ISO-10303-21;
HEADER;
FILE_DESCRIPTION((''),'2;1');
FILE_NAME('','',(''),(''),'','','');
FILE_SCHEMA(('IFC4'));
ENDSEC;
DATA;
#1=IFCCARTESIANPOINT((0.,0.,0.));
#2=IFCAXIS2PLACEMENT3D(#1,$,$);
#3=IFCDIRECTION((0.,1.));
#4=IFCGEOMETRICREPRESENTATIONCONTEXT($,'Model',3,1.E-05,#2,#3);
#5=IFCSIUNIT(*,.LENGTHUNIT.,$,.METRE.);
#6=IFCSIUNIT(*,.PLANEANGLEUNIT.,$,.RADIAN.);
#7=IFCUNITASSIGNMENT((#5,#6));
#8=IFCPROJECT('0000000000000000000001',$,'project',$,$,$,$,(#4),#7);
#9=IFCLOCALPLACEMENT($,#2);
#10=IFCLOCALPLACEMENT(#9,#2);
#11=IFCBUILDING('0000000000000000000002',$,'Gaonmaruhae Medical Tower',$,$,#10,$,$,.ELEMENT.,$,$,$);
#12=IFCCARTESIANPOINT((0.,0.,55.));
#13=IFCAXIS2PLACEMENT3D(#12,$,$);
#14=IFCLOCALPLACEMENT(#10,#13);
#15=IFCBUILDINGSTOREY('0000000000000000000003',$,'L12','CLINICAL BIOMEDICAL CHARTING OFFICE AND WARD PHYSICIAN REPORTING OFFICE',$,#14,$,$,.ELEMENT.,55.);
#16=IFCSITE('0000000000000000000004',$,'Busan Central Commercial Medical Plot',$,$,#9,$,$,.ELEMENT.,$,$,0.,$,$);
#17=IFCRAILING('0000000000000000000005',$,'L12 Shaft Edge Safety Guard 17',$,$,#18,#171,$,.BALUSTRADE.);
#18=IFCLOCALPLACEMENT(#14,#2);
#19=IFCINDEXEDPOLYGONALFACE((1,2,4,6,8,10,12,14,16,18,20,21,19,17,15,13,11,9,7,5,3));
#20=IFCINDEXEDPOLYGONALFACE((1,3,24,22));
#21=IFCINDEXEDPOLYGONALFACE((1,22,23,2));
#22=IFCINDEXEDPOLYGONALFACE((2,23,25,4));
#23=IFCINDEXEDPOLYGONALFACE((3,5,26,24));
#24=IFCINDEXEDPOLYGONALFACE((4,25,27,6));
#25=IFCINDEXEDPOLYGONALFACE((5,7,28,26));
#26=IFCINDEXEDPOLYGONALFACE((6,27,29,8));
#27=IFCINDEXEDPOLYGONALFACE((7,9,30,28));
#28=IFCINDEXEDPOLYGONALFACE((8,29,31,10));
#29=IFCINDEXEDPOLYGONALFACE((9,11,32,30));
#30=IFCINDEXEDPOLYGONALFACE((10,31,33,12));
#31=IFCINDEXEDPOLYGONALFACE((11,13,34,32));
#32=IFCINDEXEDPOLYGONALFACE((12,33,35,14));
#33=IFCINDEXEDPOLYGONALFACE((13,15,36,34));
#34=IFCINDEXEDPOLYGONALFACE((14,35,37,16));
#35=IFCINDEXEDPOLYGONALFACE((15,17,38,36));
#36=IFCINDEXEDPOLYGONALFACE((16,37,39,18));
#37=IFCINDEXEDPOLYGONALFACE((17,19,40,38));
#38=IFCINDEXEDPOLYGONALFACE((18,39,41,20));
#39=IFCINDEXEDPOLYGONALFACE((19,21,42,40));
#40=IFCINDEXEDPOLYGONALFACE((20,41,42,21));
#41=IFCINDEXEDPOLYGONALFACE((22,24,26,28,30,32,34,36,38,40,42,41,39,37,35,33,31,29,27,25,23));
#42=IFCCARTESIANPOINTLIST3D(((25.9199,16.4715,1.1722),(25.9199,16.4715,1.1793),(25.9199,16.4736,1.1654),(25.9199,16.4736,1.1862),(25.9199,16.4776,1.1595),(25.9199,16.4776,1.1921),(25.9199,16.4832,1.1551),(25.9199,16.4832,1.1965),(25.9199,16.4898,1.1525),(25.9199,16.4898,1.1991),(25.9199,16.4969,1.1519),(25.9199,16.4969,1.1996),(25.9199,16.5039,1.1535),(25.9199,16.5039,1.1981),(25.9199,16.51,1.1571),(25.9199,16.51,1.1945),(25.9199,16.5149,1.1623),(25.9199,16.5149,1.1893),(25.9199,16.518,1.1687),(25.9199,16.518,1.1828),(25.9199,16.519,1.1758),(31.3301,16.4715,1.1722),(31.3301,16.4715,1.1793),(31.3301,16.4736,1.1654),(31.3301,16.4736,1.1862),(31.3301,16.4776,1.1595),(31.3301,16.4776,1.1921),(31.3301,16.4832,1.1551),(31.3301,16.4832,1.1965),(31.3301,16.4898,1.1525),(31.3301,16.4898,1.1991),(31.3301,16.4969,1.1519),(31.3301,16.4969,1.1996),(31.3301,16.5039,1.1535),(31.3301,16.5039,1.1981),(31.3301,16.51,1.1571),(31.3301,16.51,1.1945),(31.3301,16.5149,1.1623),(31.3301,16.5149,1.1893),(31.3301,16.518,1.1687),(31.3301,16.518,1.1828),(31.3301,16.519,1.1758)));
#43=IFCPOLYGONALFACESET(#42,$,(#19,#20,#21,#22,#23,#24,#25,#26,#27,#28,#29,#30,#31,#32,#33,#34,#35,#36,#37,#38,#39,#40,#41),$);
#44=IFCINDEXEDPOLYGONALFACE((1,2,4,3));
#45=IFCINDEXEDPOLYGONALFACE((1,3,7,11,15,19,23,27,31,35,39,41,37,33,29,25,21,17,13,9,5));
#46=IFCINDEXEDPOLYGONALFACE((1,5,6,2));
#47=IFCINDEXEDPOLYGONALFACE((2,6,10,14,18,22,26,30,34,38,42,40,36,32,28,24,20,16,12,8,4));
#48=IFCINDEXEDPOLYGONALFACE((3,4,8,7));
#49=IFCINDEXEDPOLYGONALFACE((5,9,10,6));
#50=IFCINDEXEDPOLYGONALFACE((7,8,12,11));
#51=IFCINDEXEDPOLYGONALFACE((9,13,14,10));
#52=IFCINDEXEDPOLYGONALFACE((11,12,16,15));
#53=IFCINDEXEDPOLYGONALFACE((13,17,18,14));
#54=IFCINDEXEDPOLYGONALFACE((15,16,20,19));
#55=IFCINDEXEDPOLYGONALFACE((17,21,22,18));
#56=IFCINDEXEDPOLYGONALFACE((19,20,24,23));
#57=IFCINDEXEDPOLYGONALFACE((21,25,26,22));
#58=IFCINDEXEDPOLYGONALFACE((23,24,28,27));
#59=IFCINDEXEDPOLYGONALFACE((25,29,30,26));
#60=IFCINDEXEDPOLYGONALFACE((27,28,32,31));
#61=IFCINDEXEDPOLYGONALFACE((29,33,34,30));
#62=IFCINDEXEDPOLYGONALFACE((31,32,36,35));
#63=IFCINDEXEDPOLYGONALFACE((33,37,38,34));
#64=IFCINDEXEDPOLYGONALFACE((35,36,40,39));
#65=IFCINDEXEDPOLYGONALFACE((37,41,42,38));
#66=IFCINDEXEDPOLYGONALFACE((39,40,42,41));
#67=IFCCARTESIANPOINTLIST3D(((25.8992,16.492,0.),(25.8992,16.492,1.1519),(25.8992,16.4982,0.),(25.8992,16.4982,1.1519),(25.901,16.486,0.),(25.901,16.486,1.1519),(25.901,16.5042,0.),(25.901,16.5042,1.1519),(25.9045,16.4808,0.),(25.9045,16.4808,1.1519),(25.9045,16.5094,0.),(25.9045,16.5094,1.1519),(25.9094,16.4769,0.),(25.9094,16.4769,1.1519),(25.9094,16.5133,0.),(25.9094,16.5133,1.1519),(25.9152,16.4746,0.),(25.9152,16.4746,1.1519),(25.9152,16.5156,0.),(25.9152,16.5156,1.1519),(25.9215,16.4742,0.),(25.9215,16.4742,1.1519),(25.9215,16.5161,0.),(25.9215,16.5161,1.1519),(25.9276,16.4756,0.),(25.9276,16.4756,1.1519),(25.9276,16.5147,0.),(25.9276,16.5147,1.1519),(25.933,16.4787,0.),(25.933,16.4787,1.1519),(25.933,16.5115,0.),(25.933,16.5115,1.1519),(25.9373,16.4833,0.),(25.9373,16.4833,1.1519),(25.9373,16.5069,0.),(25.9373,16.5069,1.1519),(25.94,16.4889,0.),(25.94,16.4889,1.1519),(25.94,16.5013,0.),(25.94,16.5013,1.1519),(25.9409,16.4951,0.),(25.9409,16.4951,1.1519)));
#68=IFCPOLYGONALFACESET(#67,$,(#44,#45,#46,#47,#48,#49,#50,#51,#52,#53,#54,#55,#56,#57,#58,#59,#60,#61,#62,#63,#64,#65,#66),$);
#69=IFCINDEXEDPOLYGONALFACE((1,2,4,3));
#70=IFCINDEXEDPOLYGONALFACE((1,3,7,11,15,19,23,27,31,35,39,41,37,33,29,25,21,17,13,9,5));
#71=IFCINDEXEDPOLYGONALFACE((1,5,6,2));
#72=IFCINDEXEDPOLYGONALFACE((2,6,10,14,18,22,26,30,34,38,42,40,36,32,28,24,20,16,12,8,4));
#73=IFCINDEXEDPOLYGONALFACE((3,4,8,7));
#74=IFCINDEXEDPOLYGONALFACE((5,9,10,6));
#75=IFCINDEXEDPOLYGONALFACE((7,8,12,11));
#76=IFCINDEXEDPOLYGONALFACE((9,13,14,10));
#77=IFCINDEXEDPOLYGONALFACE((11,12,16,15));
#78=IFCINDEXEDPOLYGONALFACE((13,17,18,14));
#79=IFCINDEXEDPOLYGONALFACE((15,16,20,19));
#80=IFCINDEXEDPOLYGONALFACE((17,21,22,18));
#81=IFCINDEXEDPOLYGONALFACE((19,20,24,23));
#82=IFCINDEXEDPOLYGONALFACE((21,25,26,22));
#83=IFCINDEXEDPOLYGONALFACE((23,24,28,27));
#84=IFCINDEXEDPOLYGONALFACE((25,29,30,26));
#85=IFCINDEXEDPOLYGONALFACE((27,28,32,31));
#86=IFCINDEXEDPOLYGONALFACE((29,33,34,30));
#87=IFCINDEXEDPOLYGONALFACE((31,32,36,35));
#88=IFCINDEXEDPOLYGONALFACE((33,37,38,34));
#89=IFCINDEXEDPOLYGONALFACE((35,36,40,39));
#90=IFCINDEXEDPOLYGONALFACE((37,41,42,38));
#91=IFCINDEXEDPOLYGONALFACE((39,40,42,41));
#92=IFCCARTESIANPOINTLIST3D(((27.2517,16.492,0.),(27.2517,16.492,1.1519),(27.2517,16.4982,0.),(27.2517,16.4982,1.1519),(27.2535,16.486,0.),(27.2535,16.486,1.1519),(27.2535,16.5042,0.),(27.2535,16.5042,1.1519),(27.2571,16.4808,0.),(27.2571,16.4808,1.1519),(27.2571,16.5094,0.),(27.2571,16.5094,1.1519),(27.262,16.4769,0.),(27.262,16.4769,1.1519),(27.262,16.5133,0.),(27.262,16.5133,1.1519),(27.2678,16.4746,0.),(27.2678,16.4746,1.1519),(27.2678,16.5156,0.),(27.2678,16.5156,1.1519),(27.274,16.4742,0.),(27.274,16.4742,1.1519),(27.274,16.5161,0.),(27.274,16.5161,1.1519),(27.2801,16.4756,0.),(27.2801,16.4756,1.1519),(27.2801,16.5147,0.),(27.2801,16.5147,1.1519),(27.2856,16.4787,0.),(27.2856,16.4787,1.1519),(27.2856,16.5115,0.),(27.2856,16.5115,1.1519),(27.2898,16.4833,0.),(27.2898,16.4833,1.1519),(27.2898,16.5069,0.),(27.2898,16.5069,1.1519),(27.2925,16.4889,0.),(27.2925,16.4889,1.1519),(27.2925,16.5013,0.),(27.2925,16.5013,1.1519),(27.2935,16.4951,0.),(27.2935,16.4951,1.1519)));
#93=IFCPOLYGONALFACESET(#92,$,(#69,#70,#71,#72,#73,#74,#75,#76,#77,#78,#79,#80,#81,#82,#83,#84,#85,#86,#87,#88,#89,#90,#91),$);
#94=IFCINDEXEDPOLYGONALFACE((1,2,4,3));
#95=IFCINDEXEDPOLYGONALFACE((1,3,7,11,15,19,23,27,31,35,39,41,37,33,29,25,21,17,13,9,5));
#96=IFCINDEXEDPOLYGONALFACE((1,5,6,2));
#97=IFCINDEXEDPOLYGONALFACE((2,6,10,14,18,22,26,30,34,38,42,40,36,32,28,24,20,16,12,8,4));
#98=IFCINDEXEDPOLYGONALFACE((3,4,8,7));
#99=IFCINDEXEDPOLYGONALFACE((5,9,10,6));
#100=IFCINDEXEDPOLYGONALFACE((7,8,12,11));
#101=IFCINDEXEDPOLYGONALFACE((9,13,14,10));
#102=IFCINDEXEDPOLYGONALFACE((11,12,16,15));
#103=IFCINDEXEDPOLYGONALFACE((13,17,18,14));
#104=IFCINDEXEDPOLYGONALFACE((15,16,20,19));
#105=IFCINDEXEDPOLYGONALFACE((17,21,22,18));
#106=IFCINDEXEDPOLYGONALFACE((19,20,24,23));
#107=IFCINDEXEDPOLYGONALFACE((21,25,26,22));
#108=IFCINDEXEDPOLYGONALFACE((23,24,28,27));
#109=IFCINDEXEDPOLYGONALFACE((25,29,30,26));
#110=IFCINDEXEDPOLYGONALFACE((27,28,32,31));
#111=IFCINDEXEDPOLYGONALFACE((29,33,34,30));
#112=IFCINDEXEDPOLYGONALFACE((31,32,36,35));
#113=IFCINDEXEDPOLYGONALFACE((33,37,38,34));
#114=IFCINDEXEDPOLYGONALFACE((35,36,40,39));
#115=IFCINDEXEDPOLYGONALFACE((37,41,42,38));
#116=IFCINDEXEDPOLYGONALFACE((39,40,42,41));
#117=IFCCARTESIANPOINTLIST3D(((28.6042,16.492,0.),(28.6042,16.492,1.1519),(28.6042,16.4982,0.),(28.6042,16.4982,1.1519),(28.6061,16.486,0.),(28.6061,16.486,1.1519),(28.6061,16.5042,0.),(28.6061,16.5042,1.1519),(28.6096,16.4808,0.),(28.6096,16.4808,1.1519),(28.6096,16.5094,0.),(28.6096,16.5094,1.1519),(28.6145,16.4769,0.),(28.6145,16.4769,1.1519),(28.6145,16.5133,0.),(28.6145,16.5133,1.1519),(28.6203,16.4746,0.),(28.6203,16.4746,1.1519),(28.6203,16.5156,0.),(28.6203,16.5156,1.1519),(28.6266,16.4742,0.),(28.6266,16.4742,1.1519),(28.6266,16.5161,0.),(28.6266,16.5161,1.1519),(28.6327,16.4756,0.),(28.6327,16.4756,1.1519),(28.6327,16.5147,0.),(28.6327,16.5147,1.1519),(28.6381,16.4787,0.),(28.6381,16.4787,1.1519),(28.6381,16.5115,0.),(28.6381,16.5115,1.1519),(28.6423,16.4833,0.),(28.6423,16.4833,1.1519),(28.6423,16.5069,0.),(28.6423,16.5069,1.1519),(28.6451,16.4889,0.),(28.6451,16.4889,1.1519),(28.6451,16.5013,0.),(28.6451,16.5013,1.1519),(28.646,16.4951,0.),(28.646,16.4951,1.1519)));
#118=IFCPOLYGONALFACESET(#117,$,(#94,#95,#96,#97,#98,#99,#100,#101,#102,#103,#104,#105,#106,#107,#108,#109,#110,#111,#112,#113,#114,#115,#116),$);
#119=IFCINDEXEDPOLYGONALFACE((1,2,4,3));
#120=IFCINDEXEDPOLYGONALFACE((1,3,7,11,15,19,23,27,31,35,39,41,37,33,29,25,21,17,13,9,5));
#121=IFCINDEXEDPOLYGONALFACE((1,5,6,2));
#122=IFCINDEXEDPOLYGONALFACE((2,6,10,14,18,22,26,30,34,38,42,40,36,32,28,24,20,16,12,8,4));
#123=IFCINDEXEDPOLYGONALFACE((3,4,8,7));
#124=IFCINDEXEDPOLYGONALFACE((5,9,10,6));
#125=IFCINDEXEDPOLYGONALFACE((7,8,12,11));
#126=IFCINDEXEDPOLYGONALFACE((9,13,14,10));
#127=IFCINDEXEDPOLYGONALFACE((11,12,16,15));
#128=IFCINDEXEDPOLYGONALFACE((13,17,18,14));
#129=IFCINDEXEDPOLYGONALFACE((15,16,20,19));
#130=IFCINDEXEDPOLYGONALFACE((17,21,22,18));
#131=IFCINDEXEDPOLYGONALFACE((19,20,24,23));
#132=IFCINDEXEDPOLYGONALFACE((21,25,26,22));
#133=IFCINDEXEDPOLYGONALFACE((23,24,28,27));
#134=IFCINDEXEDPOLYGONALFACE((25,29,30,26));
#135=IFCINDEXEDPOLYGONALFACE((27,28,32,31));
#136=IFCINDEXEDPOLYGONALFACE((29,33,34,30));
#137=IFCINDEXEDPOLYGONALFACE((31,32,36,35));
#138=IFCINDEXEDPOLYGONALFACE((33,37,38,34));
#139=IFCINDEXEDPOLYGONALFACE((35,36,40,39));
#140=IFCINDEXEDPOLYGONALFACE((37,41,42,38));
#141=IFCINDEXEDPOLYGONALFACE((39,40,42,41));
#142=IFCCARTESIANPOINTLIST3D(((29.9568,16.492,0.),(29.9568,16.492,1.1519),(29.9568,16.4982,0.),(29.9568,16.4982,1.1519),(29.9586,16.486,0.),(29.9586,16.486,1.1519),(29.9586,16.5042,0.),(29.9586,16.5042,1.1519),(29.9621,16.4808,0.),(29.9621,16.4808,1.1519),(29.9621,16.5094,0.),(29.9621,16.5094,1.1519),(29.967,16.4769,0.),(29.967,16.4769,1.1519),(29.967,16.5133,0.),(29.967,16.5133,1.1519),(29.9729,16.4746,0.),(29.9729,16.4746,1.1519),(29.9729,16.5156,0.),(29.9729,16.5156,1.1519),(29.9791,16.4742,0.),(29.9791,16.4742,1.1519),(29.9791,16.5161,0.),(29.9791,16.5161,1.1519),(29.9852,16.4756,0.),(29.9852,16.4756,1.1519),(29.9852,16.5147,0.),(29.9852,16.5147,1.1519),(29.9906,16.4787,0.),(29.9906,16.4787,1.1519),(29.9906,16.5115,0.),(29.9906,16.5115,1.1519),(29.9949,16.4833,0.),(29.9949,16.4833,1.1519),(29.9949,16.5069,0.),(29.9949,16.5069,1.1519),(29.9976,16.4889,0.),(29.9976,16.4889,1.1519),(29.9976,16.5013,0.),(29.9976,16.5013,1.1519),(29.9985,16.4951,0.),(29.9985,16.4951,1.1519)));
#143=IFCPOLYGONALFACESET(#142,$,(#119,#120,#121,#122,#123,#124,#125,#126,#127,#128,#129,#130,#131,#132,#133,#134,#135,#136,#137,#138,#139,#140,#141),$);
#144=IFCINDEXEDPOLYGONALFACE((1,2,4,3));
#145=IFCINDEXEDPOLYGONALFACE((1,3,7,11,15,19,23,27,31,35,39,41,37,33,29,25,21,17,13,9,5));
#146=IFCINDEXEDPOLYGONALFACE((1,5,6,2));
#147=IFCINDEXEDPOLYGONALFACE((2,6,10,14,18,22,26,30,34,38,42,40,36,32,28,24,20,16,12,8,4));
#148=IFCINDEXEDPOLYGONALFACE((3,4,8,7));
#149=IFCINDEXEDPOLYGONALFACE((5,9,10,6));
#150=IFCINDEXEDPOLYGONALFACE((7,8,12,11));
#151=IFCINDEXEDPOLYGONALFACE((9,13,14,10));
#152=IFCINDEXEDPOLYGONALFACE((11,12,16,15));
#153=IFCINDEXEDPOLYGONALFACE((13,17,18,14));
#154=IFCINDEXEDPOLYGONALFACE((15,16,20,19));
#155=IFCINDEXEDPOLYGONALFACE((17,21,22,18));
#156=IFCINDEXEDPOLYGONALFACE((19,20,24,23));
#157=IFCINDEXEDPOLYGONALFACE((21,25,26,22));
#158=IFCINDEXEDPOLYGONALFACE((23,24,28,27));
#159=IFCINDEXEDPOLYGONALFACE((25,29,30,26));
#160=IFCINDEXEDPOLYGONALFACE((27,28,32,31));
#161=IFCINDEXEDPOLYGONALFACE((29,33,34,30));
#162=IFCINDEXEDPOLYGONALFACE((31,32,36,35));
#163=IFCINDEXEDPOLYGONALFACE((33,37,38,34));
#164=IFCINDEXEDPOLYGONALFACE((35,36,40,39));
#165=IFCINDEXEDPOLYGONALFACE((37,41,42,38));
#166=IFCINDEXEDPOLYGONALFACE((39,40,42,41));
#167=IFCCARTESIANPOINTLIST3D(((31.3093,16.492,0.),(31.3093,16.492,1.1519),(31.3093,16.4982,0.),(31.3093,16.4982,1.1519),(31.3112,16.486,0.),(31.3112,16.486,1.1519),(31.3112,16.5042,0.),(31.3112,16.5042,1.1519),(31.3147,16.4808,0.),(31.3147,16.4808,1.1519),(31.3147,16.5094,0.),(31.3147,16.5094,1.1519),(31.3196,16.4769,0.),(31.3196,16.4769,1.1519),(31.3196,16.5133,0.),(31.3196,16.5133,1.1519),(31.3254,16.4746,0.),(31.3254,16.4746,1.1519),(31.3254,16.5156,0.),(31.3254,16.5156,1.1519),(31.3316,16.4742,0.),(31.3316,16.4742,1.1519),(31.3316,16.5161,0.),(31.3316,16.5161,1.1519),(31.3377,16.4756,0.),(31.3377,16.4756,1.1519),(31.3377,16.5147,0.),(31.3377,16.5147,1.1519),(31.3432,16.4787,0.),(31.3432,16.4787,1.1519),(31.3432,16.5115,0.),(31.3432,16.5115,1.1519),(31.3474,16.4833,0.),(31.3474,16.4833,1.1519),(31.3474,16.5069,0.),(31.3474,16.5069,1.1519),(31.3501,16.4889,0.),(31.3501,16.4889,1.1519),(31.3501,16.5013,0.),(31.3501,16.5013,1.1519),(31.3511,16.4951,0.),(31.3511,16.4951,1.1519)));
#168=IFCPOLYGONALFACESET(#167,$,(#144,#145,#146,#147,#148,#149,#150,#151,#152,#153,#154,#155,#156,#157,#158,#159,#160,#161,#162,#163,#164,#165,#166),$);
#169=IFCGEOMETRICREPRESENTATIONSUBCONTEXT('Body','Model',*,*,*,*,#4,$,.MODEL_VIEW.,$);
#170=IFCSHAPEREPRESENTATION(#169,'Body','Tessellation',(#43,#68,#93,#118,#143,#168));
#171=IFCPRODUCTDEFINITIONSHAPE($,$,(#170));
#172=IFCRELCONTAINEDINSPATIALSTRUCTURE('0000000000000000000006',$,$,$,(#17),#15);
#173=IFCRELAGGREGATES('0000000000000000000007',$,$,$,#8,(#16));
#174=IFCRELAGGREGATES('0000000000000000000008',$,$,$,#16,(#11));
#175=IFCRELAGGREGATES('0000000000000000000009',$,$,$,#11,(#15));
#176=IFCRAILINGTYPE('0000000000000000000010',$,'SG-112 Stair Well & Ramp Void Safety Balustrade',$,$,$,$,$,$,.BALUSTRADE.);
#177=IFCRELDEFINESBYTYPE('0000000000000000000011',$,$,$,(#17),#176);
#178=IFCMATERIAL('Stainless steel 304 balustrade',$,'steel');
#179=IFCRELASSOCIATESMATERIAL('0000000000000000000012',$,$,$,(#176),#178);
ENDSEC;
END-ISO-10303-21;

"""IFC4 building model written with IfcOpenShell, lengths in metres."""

from ifc_helpers import new_model, si_unit, direction, frame, origin, origin_2d, place, context, subcontext, project, spatial, circle, extrude, material, type_object, element, save


model = new_model("IFC4")

# Units and contexts
model_context = context("Model", 3, precision=1e-05, world=origin(), true_north=direction((0.0, 1.0)))
body_context = subcontext(model_context, "Body", "Model", "MODEL_VIEW")
ifc_project = project(units=[si_unit("LENGTHUNIT", "METRE"), si_unit("PLANEANGLEUNIT", "RADIAN")], contexts=[model_context])

# Site, building, storey
site_placement = place(None, origin())
site = spatial("IfcSite", under=ifc_project, at=site_placement, Name="Busan Central Commercial Medical Plot", CompositionType="ELEMENT", RefElevation=0.0)
building_placement = place(site_placement, origin())
building = spatial("IfcBuilding", under=site, at=building_placement, Name="Gaonmaruhae Medical Tower", CompositionType="ELEMENT")
storey_placement = place(building_placement, frame((0.0, 0.0, 55.0)))
storey = spatial("IfcBuildingStorey", under=building, at=storey_placement, Name="L12", Description="CLINICAL BIOMEDICAL CHARTING OFFICE AND WARD PHYSICIAN REPORTING OFFICE", CompositionType="ELEMENT", Elevation=55.0)

# Railing
ifc_material_1 = material(Name="Stainless steel 304 balustrade", Category="steel")
railing_type = type_object("IfcRailingType", Name="SG-112 Stair Well & Ramp Void Safety Balustrade", PredefinedType="BALUSTRADE", material=ifc_material_1)
railing_1_placement = place(storey_placement, frame((25.9199, 16.4951, 0.0)))
element("IfcRailing", 1, at=railing_1_placement, inside=storey, type_object=railing_type, Name="L12 Shaft Edge Safety Guard 17", PredefinedType="BALUSTRADE", context=body_context, shape_type="SweptSolid", body=[
    extrude(circle(Radius=0.0239, at=origin_2d()), frame((0.0, 0.0, 1.1758), z_axis=(1.0, 0.0, 0.0), x_axis=(0.0, 1.0, 0.0)), (0.0, 0.0, 1.0), 5.4102),
    extrude(circle(Radius=0.021, at=origin_2d()), origin(), (0.0, 0.0, 1.0), 1.1519),
    extrude(circle(Radius=0.021, at=origin_2d()), frame((1.3525, 0.0, 0.0)), (0.0, 0.0, 1.0), 1.1519),
    extrude(circle(Radius=0.021, at=origin_2d()), frame((2.7051, 0.0, 0.0)), (0.0, 0.0, 1.0), 1.1519),
    extrude(circle(Radius=0.021, at=origin_2d()), frame((4.0576, 0.0, 0.0)), (0.0, 0.0, 1.0), 1.1519),
    extrude(circle(Radius=0.021, at=origin_2d()), frame((5.4102, 0.0, 0.0)), (0.0, 0.0, 1.0), 1.1519),
])

save(model, "model.ifc")
